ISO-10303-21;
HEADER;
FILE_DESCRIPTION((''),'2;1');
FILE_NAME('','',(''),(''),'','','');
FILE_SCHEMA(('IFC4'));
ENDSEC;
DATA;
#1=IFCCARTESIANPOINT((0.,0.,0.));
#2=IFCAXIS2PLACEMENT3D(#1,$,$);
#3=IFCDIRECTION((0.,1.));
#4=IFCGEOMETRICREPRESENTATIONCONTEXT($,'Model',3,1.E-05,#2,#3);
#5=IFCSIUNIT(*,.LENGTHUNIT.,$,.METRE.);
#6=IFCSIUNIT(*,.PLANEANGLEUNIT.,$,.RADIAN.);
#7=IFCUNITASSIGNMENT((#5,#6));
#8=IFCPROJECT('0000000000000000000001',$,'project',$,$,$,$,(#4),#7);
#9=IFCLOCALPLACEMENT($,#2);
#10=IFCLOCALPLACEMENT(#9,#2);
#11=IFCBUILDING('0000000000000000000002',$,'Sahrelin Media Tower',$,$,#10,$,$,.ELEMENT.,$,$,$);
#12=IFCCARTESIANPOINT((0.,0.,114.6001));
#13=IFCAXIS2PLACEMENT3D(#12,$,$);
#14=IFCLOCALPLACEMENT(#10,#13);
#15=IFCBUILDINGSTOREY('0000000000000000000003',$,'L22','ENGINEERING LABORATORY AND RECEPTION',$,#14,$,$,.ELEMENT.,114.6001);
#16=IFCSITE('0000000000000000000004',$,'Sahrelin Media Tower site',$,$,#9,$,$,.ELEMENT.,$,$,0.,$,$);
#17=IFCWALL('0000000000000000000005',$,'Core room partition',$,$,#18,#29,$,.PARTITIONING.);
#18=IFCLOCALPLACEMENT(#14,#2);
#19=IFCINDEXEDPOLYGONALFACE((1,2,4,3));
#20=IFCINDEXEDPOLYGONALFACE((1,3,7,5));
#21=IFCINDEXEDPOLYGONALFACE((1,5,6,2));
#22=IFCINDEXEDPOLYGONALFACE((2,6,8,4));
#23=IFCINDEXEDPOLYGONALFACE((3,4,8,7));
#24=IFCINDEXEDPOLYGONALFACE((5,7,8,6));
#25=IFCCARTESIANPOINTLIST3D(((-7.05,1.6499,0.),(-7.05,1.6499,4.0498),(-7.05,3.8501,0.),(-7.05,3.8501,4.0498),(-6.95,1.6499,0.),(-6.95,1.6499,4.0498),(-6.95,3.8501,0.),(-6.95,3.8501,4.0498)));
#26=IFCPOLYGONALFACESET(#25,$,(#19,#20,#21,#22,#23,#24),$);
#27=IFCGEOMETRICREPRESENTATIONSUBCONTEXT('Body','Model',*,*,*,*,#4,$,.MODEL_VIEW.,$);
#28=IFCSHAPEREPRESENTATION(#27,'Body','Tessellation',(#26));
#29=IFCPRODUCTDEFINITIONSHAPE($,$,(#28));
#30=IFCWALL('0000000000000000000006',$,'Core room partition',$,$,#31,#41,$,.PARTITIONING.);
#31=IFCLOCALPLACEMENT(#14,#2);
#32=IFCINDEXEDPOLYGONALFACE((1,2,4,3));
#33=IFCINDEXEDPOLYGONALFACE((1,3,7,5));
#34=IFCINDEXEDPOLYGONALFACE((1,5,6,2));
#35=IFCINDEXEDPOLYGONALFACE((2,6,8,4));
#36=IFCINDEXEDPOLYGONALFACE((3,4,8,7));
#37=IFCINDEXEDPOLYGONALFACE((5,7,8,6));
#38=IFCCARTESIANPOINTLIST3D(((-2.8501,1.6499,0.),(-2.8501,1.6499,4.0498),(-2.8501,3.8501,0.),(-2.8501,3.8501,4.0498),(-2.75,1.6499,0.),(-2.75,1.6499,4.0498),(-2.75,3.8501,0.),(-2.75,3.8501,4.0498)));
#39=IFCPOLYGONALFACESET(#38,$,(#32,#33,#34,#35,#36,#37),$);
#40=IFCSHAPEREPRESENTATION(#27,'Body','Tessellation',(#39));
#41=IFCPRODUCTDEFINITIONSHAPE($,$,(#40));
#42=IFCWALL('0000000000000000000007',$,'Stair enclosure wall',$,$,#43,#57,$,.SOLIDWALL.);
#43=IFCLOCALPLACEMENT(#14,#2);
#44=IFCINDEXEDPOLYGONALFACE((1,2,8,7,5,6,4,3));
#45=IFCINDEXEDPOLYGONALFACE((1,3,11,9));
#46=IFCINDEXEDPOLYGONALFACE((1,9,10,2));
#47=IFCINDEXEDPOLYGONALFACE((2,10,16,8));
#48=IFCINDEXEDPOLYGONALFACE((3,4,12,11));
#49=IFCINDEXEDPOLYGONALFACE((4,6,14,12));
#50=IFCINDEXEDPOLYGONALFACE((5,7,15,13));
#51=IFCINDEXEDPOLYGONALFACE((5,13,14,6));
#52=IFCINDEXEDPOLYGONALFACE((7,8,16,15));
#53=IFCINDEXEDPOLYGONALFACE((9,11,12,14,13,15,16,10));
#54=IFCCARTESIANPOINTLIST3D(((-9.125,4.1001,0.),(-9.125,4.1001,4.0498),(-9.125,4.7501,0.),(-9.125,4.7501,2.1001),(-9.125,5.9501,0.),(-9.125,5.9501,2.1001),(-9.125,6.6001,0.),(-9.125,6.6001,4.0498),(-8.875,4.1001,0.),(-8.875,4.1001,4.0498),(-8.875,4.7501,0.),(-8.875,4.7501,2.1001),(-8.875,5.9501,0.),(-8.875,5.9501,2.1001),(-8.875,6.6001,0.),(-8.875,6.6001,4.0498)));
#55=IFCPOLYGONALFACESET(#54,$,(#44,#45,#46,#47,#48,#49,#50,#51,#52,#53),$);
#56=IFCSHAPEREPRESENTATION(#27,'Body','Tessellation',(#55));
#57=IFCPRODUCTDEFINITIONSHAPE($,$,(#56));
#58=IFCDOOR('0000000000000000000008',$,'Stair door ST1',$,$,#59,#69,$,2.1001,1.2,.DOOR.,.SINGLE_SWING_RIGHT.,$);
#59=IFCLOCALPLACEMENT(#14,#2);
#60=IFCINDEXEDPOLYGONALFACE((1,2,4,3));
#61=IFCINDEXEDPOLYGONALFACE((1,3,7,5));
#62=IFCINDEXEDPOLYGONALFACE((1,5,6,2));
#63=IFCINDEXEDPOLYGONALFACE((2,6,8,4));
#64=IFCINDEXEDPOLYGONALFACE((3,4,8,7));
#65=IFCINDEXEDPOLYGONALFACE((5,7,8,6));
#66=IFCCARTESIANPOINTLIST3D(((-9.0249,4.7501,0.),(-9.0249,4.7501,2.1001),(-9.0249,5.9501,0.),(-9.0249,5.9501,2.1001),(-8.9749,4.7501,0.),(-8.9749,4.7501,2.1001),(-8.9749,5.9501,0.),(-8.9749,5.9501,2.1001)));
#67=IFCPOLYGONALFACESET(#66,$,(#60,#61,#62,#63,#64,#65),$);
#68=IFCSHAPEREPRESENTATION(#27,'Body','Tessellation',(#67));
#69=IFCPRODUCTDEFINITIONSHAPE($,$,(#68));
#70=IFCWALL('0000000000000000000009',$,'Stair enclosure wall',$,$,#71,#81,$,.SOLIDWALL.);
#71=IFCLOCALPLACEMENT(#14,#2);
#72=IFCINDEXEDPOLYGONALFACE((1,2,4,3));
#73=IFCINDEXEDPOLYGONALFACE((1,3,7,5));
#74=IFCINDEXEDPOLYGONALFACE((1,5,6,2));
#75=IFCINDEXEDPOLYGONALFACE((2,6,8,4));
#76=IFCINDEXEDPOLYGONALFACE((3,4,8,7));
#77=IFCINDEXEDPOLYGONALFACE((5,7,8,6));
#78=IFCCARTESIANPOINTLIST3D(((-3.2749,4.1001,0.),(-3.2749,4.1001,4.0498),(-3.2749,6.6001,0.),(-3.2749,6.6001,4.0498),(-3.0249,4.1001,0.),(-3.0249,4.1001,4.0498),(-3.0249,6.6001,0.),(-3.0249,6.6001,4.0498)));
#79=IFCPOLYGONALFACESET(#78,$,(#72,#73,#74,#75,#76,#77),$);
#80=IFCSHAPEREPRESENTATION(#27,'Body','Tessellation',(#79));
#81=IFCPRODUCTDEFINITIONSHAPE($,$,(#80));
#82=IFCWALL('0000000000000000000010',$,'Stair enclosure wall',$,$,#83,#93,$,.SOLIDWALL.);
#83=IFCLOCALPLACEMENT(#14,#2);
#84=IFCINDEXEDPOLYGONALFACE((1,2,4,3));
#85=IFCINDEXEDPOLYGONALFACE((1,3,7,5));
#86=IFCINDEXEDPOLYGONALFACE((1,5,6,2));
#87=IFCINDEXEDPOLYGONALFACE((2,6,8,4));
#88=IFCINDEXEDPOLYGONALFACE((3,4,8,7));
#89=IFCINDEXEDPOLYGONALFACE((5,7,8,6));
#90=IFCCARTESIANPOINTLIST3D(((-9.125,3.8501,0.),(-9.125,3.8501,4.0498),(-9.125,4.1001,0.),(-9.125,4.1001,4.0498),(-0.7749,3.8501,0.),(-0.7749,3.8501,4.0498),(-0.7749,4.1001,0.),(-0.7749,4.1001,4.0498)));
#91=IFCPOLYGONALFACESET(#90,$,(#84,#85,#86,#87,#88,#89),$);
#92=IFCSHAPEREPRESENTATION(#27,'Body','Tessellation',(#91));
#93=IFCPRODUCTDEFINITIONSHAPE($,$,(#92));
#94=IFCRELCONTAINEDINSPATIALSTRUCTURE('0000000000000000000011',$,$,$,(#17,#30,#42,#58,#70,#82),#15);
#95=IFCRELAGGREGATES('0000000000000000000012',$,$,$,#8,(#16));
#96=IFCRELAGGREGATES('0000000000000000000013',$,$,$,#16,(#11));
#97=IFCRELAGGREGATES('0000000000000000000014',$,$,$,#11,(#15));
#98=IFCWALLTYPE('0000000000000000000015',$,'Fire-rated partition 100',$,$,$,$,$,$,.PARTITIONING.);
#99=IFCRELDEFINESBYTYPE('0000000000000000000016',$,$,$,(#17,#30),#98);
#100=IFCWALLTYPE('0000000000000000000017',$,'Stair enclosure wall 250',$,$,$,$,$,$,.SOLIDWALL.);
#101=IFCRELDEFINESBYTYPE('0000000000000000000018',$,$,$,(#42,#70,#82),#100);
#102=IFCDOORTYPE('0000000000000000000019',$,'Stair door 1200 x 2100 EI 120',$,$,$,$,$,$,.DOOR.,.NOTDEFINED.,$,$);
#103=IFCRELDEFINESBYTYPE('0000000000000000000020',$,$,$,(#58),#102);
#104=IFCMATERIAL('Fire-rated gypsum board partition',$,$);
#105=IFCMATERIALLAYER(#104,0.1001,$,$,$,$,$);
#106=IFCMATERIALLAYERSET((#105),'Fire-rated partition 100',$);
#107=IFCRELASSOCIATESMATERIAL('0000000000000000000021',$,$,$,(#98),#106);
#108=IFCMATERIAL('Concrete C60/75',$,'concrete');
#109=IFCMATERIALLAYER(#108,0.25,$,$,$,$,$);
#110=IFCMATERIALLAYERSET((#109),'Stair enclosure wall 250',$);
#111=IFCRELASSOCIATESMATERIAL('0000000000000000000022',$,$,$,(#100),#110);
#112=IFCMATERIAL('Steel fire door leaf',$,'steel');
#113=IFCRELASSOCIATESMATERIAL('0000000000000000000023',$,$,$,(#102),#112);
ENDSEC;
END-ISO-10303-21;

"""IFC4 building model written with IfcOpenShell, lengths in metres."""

from ifc_helpers import new_model, si_unit, direction, frame, frame_2d, origin, place, context, subcontext, project, spatial, rectangle, extrude, material, layer, layer_set, type_object, element, fill, save


model = new_model("IFC4")

# Units and contexts
model_context = context("Model", 3, precision=1e-05, world=origin(), true_north=direction((0.0, 1.0)))
body_context = subcontext(model_context, "Body", "Model", "MODEL_VIEW")
ifc_project = project(units=[si_unit("LENGTHUNIT", "METRE"), si_unit("PLANEANGLEUNIT", "RADIAN")], contexts=[model_context])

# Site, building, storey
site_placement = place(None, origin())
site = spatial("IfcSite", under=ifc_project, at=site_placement, Name="Sahrelin Media Tower site", CompositionType="ELEMENT", RefElevation=0.0)
building_placement = place(site_placement, origin())
building = spatial("IfcBuilding", under=site, at=building_placement, Name="Sahrelin Media Tower", CompositionType="ELEMENT")
storey_placement = place(building_placement, frame((0.0, 0.0, 114.6001)))
storey = spatial("IfcBuildingStorey", under=building, at=storey_placement, Name="L22", Description="ENGINEERING LABORATORY AND RECEPTION", CompositionType="ELEMENT", Elevation=114.6001)

# Shared definitions
ifc_material_1 = material(Name="Concrete C60/75", Category="concrete")

# Shared definitions
ifc_material_2 = material(Name="Fire-rated gypsum board partition")
ifc_material_3 = material(Name="Steel fire door leaf", Category="steel")

# Walls
ifc_layer_1 = layer(ifc_material_2, 0.1001)
ifc_layer_set_1 = layer_set([ifc_layer_1], Name="Fire-rated partition 100")
wall_type_1 = type_object("IfcWallType", Name="Fire-rated partition 100", PredefinedType="PARTITIONING", material=ifc_layer_set_1)
for number, where, z_axis, x_axis, name in (
    (1, (-7.0, 1.6499, 0.0), (0.0, 0.0, 1.0), (0.0, 1.0, 0.0), "Core room partition"),
    (2, (-2.8, 1.6499, 0.0), (0.0, 0.0, 1.0), (0.0, 1.0, 0.0), "Core room partition"),
):
    element("IfcWall", number, at=place(storey_placement, frame(where, z_axis=z_axis, x_axis=x_axis)), inside=storey, type_object=wall_type_1, Name=name, PredefinedType="PARTITIONING", context=body_context, shape_type="SweptSolid", body=[
        extrude(rectangle(XDim=2.2002, YDim=0.1001, at=frame_2d((1.1001, 0.0))), origin(), (0.0, 0.0, 1.0), 4.0498),
    ])

# Wall, opening, door
ifc_layer_2 = layer(ifc_material_1, 0.25)
ifc_layer_set_2 = layer_set([ifc_layer_2], Name="Stair enclosure wall 250")
wall_type_2 = type_object("IfcWallType", Name="Stair enclosure wall 250", PredefinedType="SOLIDWALL", material=ifc_layer_set_2)
wall_1_placement = place(storey_placement, frame((-9.0, 4.1001, 0.0), z_axis=(0.0, 0.0, 1.0), x_axis=(0.0, 1.0, 0.0)))
wall_1 = element("IfcWall", 3, at=wall_1_placement, inside=storey, type_object=wall_type_2, Name="Stair enclosure wall", PredefinedType="SOLIDWALL", context=body_context, shape_type="SweptSolid", body=[
    extrude(rectangle(XDim=2.5, YDim=0.25, at=frame_2d((1.25, 0.0))), origin(), (0.0, 0.0, 1.0), 4.0498),
])
opening_1_placement = place(wall_1_placement, frame((0.6499, 0.0, 0.0)))
opening_1 = element("IfcOpeningElement", 4, at=opening_1_placement, cuts=wall_1, PredefinedType="OPENING", context=body_context, shape_type="SweptSolid", body=[
    extrude(rectangle(XDim=1.2, YDim=2.1001, at=frame_2d((0.6001, 1.05))), frame((0.0, 0.125, 0.0), z_axis=(0.0, -1.0, 0.0), x_axis=(1.0, 0.0, 0.0)), (0.0, 0.0, 1.0), 0.25),
])
door_type_1 = type_object("IfcDoorType", Name="Stair door 1200 x 2100 EI 120", OperationType="NOTDEFINED", PredefinedType="DOOR", material=ifc_material_3)
door_1_placement = place(opening_1_placement, origin())
door_1 = element("IfcDoor", 5, at=door_1_placement, inside=storey, type_object=door_type_1, Name="Stair door ST1", OperationType="SINGLE_SWING_RIGHT", OverallHeight=2.1001, OverallWidth=1.2, PredefinedType="DOOR", context=body_context, shape_type="SweptSolid", body=[
    extrude(rectangle(XDim=1.2, YDim=2.1001, at=frame_2d((0.6001, 1.05))), frame((0.0, 0.0249, 0.0), z_axis=(0.0, -1.0, 0.0), x_axis=(1.0, 0.0, 0.0)), (0.0, 0.0, 1.0), 0.05),
])
fill(opening_1, door_1)

# Walls
wall_2_placement = place(storey_placement, frame((-3.1499, 4.1001, 0.0), z_axis=(0.0, 0.0, 1.0), x_axis=(0.0, 1.0, 0.0)))
element("IfcWall", 6, at=wall_2_placement, inside=storey, type_object=wall_type_2, Name="Stair enclosure wall", PredefinedType="SOLIDWALL", context=body_context, shape_type="SweptSolid", body=[
    extrude(rectangle(XDim=2.5, YDim=0.25, at=frame_2d((1.25, 0.0))), origin(), (0.0, 0.0, 1.0), 4.0498),
])
wall_3_placement = place(storey_placement, frame((-9.125, 3.9751, 0.0), z_axis=(0.0, 0.0, 1.0), x_axis=(1.0, 0.0, 0.0)))
element("IfcWall", 7, at=wall_3_placement, inside=storey, type_object=wall_type_2, Name="Stair enclosure wall", PredefinedType="SOLIDWALL", context=body_context, shape_type="SweptSolid", body=[
    extrude(rectangle(XDim=8.3501, YDim=0.25, at=frame_2d((4.175, 0.0))), origin(), (0.0, 0.0, 1.0), 4.0498),
])

save(model, "model.ifc")
